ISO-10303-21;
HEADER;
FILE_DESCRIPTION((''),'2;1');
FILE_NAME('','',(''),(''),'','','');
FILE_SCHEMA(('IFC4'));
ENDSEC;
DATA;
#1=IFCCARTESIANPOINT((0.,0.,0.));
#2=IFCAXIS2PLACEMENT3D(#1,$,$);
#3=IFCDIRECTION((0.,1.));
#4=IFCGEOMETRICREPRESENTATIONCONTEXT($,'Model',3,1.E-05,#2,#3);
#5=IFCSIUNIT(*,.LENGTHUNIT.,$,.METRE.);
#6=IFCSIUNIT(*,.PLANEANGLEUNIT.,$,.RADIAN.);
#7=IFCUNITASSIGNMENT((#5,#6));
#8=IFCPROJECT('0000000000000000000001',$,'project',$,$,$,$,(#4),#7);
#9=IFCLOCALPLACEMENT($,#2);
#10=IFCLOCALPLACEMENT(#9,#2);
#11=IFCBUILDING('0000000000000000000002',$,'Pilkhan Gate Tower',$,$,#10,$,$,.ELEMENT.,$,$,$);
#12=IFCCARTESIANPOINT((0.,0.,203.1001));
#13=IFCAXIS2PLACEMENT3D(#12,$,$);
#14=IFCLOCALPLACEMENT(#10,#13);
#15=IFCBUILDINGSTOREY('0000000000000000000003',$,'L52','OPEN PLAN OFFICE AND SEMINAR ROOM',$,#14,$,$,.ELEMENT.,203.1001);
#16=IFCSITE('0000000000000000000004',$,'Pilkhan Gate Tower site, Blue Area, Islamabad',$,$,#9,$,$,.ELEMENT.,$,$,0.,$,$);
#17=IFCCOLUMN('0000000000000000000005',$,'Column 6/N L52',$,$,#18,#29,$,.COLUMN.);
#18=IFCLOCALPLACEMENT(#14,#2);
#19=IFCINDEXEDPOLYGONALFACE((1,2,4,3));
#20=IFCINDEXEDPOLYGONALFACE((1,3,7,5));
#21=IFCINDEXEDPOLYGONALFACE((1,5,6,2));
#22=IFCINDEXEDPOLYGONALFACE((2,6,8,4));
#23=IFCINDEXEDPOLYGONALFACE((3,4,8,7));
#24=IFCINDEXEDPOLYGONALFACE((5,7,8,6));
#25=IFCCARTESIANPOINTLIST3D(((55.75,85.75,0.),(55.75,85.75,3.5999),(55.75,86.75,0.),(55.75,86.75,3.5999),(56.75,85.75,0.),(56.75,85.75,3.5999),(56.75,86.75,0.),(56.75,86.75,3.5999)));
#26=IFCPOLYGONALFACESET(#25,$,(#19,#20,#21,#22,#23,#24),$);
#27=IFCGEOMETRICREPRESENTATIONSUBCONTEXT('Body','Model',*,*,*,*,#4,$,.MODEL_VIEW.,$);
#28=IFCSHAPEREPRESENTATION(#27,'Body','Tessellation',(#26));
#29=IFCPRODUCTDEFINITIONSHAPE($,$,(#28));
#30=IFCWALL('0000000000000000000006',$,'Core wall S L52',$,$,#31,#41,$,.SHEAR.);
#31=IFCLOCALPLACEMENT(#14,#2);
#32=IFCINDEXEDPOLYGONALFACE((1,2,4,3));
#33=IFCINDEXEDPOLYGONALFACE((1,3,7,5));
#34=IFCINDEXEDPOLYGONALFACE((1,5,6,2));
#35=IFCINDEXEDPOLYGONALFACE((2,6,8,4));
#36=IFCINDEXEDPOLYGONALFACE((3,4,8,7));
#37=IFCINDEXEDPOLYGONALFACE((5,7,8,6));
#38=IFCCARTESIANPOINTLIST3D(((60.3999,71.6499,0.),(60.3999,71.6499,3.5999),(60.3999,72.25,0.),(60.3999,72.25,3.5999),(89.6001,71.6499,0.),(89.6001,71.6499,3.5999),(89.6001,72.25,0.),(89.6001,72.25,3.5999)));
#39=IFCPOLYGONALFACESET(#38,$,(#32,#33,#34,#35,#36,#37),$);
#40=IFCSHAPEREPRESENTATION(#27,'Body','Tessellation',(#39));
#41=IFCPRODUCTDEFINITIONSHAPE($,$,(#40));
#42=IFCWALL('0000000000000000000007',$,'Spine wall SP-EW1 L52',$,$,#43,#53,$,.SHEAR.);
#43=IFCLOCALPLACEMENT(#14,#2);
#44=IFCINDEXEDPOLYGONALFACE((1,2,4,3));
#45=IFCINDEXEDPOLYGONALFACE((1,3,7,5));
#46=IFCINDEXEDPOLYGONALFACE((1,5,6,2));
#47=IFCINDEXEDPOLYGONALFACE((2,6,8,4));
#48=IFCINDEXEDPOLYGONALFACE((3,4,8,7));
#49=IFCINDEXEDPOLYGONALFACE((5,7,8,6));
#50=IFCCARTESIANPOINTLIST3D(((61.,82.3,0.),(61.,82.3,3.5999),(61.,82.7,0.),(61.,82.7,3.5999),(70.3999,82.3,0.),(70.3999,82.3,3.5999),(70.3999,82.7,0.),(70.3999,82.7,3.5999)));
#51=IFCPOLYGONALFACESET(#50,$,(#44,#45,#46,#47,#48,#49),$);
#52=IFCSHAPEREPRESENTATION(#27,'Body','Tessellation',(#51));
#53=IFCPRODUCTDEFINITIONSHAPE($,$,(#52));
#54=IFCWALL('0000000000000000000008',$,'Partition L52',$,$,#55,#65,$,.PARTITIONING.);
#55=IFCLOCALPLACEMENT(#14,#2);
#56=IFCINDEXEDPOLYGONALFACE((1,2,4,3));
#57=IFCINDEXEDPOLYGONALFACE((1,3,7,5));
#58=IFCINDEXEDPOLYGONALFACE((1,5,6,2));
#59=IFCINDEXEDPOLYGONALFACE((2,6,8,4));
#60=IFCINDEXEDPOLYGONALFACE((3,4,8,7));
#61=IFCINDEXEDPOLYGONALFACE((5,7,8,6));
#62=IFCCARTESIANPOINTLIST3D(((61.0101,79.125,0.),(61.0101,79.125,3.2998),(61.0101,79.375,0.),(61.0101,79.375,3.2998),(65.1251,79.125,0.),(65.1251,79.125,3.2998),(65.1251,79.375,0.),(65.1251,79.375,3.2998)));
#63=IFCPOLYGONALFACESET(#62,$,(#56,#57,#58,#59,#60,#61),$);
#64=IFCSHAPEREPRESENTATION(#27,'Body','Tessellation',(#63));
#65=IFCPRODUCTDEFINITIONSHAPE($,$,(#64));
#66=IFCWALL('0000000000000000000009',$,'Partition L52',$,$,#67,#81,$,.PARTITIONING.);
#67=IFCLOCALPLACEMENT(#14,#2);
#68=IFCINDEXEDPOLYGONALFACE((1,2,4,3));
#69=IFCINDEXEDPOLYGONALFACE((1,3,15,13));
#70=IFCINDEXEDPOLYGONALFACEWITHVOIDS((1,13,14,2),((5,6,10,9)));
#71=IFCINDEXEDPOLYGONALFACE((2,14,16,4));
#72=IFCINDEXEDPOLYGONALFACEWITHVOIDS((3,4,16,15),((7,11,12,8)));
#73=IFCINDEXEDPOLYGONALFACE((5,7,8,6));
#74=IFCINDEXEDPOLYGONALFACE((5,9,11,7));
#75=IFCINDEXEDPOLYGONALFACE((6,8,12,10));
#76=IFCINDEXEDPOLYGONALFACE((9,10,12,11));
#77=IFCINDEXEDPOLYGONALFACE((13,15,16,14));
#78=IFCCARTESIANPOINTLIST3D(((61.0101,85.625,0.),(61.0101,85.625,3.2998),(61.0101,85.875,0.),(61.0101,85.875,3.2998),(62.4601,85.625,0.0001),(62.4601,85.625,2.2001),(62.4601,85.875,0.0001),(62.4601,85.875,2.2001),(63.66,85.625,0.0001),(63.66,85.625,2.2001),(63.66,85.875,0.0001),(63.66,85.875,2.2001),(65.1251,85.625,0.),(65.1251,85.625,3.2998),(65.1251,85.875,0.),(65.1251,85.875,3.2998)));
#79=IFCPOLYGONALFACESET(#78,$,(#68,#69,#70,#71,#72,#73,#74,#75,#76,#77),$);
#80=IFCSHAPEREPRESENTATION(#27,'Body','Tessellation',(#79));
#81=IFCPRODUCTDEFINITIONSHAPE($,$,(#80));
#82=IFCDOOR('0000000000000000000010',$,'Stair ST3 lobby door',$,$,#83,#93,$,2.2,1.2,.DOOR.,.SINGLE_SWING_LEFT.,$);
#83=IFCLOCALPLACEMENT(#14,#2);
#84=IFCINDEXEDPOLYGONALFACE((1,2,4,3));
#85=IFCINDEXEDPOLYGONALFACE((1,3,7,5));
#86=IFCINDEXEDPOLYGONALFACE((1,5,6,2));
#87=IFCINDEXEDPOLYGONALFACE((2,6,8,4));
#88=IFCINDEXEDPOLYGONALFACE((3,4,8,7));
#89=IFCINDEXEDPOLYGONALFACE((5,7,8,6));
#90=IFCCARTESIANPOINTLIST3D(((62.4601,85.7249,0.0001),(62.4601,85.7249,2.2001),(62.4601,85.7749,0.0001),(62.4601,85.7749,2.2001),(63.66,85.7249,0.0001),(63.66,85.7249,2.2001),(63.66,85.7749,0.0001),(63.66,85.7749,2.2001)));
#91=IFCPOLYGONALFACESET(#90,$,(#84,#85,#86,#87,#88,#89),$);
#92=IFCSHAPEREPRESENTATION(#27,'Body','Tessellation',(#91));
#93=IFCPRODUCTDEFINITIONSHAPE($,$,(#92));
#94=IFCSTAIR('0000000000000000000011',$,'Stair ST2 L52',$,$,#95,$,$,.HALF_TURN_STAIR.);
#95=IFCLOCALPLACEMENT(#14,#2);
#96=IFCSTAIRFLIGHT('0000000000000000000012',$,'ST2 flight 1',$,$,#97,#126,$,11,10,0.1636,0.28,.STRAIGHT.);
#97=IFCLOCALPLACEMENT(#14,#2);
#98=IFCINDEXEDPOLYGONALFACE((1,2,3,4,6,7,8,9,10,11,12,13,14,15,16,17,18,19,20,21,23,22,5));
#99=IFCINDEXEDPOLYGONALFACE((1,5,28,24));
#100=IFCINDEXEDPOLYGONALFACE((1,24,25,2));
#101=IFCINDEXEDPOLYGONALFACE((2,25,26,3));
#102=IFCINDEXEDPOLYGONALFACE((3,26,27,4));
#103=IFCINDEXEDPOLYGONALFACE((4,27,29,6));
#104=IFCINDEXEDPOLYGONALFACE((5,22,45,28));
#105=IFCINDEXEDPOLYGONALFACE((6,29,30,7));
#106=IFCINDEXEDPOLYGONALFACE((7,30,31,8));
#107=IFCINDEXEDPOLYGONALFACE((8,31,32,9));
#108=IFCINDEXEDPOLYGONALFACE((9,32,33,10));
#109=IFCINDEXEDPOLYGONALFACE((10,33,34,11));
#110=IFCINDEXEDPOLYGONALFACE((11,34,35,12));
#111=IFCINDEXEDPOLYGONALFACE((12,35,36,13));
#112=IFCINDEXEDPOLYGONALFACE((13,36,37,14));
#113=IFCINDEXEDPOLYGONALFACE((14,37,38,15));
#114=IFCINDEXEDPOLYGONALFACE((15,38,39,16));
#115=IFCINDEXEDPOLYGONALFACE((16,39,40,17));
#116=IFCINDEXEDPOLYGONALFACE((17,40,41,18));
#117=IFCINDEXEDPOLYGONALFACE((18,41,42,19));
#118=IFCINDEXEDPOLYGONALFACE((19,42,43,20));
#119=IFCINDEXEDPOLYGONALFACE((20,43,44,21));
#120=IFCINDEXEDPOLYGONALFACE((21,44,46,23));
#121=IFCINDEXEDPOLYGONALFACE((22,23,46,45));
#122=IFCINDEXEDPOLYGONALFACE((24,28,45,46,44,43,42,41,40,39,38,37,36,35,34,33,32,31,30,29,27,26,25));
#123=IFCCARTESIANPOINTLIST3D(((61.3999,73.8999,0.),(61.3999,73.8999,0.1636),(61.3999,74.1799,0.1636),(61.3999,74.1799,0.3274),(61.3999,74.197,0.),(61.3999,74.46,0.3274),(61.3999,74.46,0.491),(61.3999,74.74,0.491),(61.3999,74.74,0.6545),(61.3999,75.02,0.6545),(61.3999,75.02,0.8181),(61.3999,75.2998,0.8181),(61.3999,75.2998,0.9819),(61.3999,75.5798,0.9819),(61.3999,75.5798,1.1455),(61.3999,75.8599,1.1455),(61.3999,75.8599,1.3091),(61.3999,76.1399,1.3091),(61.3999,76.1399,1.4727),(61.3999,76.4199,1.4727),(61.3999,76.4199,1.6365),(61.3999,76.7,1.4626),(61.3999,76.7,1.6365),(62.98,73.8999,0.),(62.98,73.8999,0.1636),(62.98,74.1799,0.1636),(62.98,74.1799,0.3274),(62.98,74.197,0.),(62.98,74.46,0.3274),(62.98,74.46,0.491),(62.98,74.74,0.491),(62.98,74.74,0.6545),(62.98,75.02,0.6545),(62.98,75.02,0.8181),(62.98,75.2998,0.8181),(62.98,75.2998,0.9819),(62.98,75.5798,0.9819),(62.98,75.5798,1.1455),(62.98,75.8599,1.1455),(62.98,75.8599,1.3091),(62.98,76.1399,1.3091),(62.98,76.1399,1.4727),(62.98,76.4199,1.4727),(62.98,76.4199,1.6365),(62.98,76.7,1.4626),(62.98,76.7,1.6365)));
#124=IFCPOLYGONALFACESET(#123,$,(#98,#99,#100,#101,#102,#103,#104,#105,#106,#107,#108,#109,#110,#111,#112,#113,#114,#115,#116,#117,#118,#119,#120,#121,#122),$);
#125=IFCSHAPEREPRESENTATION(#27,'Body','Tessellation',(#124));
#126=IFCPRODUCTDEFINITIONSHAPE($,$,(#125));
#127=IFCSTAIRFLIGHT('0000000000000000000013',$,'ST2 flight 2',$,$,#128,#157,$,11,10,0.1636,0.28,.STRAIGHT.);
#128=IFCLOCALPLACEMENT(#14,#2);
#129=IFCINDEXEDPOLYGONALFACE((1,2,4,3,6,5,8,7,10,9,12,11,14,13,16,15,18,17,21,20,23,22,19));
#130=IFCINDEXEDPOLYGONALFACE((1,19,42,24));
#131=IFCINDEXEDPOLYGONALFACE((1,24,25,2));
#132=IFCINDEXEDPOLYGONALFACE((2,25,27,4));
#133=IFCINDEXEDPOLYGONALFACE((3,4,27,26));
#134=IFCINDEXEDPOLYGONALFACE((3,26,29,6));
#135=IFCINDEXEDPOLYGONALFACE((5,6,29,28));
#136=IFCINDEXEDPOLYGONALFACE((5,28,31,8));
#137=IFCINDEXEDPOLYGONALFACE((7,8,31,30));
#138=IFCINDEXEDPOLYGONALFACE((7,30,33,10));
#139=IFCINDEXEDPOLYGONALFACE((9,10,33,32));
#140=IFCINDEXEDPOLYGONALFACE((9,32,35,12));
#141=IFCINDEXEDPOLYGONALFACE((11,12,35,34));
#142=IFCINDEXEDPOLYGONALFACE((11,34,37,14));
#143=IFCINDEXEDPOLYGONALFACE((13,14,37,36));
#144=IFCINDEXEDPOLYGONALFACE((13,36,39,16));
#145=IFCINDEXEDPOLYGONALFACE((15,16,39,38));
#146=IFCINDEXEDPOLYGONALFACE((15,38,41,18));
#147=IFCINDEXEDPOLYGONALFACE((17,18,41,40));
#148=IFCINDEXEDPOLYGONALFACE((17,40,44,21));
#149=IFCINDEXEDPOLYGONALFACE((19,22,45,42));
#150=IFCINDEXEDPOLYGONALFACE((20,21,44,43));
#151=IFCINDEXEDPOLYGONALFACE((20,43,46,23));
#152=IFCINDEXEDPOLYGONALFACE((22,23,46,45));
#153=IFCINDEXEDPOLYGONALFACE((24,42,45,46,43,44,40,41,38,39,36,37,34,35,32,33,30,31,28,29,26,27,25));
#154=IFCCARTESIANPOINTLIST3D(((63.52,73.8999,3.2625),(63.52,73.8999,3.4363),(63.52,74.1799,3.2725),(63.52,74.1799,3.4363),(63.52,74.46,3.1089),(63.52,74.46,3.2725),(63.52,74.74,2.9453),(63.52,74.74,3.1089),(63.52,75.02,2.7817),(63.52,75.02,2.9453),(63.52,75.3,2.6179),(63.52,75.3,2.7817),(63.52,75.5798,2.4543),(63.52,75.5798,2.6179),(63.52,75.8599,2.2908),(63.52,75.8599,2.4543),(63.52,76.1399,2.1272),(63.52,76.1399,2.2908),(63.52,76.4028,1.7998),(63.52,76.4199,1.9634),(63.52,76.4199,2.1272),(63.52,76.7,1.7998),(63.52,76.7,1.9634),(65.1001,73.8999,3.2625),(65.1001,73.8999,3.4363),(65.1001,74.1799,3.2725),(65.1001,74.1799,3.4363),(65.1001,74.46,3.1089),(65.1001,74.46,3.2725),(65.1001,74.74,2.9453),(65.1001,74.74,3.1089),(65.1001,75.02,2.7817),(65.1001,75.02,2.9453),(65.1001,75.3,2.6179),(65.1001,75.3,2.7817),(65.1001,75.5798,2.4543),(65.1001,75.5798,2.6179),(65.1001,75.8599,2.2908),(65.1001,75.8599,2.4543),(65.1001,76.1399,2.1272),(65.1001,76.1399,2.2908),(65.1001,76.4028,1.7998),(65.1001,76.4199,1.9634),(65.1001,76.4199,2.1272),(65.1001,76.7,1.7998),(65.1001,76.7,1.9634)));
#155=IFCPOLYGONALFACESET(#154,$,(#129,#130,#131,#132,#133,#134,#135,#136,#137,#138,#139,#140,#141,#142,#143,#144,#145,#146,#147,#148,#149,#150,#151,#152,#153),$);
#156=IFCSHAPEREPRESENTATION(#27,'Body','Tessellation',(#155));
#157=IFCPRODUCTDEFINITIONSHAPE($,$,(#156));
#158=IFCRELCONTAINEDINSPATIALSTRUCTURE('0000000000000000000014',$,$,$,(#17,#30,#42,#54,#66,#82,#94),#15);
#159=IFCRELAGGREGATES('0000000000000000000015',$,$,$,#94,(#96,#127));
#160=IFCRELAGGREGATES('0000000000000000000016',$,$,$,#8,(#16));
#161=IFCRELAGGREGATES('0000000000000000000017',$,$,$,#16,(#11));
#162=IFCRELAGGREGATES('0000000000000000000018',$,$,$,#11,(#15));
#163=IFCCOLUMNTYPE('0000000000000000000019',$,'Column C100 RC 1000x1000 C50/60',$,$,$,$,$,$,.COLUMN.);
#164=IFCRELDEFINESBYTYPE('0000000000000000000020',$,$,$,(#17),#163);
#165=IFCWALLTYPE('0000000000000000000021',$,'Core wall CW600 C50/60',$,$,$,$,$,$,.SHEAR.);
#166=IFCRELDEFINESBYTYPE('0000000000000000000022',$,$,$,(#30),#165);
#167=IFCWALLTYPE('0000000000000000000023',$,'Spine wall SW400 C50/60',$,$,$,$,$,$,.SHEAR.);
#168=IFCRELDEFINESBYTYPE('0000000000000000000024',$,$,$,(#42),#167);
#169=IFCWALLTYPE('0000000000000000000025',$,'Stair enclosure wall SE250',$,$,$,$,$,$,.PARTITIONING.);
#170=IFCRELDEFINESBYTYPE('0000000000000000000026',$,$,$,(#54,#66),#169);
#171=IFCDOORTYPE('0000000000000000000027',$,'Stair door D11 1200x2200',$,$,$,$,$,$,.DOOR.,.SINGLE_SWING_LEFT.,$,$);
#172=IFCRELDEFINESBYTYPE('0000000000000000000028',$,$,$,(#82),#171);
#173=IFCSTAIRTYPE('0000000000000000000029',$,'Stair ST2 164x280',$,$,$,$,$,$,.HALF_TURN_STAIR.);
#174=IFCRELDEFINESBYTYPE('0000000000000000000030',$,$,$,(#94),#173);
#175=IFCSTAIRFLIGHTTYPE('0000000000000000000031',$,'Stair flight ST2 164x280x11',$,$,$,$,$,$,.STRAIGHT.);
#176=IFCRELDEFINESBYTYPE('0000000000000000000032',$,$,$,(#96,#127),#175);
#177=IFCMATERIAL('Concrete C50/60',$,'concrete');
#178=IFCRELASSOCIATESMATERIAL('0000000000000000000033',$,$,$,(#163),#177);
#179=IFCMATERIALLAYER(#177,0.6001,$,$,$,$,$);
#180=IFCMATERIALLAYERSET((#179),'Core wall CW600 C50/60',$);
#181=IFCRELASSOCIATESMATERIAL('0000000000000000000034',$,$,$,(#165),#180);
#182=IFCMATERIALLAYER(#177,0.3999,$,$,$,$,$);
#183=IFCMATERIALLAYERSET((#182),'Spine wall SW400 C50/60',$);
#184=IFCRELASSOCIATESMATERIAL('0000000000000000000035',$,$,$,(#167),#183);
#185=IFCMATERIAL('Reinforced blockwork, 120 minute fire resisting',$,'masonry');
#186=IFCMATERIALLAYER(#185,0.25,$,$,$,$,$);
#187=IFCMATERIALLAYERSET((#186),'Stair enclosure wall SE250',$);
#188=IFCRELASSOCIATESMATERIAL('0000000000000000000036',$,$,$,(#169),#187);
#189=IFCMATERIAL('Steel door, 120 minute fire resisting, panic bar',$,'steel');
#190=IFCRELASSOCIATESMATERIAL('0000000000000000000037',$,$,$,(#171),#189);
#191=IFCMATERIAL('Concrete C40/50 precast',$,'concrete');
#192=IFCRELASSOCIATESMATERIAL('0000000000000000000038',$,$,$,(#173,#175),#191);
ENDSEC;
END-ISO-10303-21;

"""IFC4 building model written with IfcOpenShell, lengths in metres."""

from ifc_helpers import new_model, si_unit, direction, frame, frame_2d, origin, origin_2d, place, context, subcontext, project, spatial, polyline, rectangle, outline, extrude, material, layer, layer_set, material_profile, profile_set, type_object, element, fill, aggregate, save


model = new_model("IFC4")

# Units and contexts
model_context = context("Model", 3, precision=1e-05, world=origin(), true_north=direction((0.0, 1.0)))
body_context = subcontext(model_context, "Body", "Model", "MODEL_VIEW")
ifc_project = project(units=[si_unit("LENGTHUNIT", "METRE"), si_unit("PLANEANGLEUNIT", "RADIAN")], contexts=[model_context])

# Site, building, storey
site_placement = place(None, origin())
site = spatial("IfcSite", under=ifc_project, at=site_placement, Name="Pilkhan Gate Tower site, Blue Area, Islamabad", CompositionType="ELEMENT", RefElevation=0.0)
building_placement = place(site_placement, origin())
building = spatial("IfcBuilding", under=site, at=building_placement, Name="Pilkhan Gate Tower", CompositionType="ELEMENT")
storey_placement = place(building_placement, frame((0.0, 0.0, 203.1001)))
storey = spatial("IfcBuildingStorey", under=building, at=storey_placement, Name="L52", Description="OPEN PLAN OFFICE AND SEMINAR ROOM", CompositionType="ELEMENT", Elevation=203.1001)

# Column
ifc_material_1 = material(Name="Concrete C50/60", Category="concrete")
ifc_material_profile = material_profile(ifc_material_1, rectangle(XDim=1.0, YDim=1.0, at=origin_2d()), Name="RC 1000x1000")
ifc_profile_set = profile_set([ifc_material_profile], Name="Concrete C50/60")
column_type = type_object("IfcColumnType", Name="Column C100 RC 1000x1000 C50/60", PredefinedType="COLUMN", material=ifc_profile_set)
column_placement = place(storey_placement, frame((56.25, 86.25, 0.0), z_axis=(0.0, 0.0, 1.0), x_axis=(1.0, 0.0, 0.0)))
element("IfcColumn", 1, at=column_placement, inside=storey, type_object=column_type, Name="Column 6/N L52", PredefinedType="COLUMN", context=body_context, shape_type="SweptSolid", body=[
    extrude(rectangle(XDim=1.0, YDim=1.0, at=origin_2d()), origin(), (0.0, 0.0, 1.0), 3.5999),
])

# Walls
ifc_layer_1 = layer(ifc_material_1, 0.6001)
ifc_layer_set_1 = layer_set([ifc_layer_1], Name="Core wall CW600 C50/60")
wall_type_1 = type_object("IfcWallType", Name="Core wall CW600 C50/60", PredefinedType="SHEAR", material=ifc_layer_set_1)
wall_1_placement = place(storey_placement, frame((60.3999, 71.95, 0.0), z_axis=(0.0, 0.0, 1.0), x_axis=(1.0, 0.0, 0.0)))
element("IfcWall", 2, at=wall_1_placement, inside=storey, type_object=wall_type_1, Name="Core wall S L52", PredefinedType="SHEAR", context=body_context, shape_type="SweptSolid", body=[
    extrude(rectangle(XDim=29.2002, YDim=0.6001, at=frame_2d((14.6001, 0.0))), origin(), (0.0, 0.0, 1.0), 3.5999),
])
ifc_layer_2 = layer(ifc_material_1, 0.3999)
ifc_layer_set_2 = layer_set([ifc_layer_2], Name="Spine wall SW400 C50/60")
wall_type_2 = type_object("IfcWallType", Name="Spine wall SW400 C50/60", PredefinedType="SHEAR", material=ifc_layer_set_2)
wall_2_placement = place(storey_placement, frame((61.0, 82.5, 0.0), z_axis=(0.0, 0.0, 1.0), x_axis=(1.0, 0.0, 0.0)))
element("IfcWall", 3, at=wall_2_placement, inside=storey, type_object=wall_type_2, Name="Spine wall SP-EW1 L52", PredefinedType="SHEAR", context=body_context, shape_type="SweptSolid", body=[
    extrude(rectangle(XDim=9.3999, YDim=0.3999, at=frame_2d((4.7, 0.0))), origin(), (0.0, 0.0, 1.0), 3.5999),
])
ifc_material_2 = material(Name="Reinforced blockwork, 120 minute fire resisting", Category="masonry")
ifc_layer_3 = layer(ifc_material_2, 0.25)
ifc_layer_set_3 = layer_set([ifc_layer_3], Name="Stair enclosure wall SE250")
wall_type_3 = type_object("IfcWallType", Name="Stair enclosure wall SE250", PredefinedType="PARTITIONING", material=ifc_layer_set_3)
wall_3_placement = place(storey_placement, frame((61.01, 79.25, 0.0), z_axis=(0.0, 0.0, 1.0), x_axis=(1.0, 0.0, 0.0)))
element("IfcWall", 4, at=wall_3_placement, inside=storey, type_object=wall_type_3, Name="Partition L52", PredefinedType="PARTITIONING", context=body_context, shape_type="SweptSolid", body=[
    extrude(rectangle(XDim=4.115, YDim=0.25, at=frame_2d((2.0576, 0.0))), origin(), (0.0, 0.0, 1.0), 3.2998),
])

# Wall, opening, door
wall_4_placement = place(storey_placement, frame((61.01, 85.75, 0.0), z_axis=(0.0, 0.0, 1.0), x_axis=(1.0, 0.0, 0.0)))
wall_4 = element("IfcWall", 5, at=wall_4_placement, inside=storey, type_object=wall_type_3, Name="Partition L52", PredefinedType="PARTITIONING", context=body_context, shape_type="SweptSolid", body=[
    extrude(rectangle(XDim=4.115, YDim=0.25, at=frame_2d((2.0576, 0.0))), origin(), (0.0, 0.0, 1.0), 3.2998),
])
opening_placement = place(wall_4_placement, frame((1.45, 0.0, 0.0)))
opening = element("IfcOpeningElement", 6, at=opening_placement, cuts=wall_4, PredefinedType="OPENING", context=body_context, shape_type="SweptSolid", body=[
    extrude(rectangle(XDim=1.2, YDim=2.2, at=frame_2d((0.6001, 1.1001))), frame((0.0, 0.135, 0.0), z_axis=(0.0, -1.0, 0.0), x_axis=(1.0, 0.0, 0.0)), (0.0, 0.0, 1.0), 0.27),
])
ifc_material_3 = material(Name="Steel door, 120 minute fire resisting, panic bar", Category="steel")
door_type = type_object("IfcDoorType", Name="Stair door D11 1200x2200", OperationType="SINGLE_SWING_LEFT", PredefinedType="DOOR", material=ifc_material_3)
door_placement = place(opening_placement, origin())
door = element("IfcDoor", 7, at=door_placement, inside=storey, type_object=door_type, Name="Stair ST3 lobby door", OperationType="SINGLE_SWING_LEFT", OverallHeight=2.2, OverallWidth=1.2, PredefinedType="DOOR", context=body_context, shape_type="SweptSolid", body=[
    extrude(rectangle(XDim=1.2, YDim=2.2, at=frame_2d((0.6001, 1.1001))), frame((0.0, 0.0249, 0.0), z_axis=(0.0, -1.0, 0.0), x_axis=(1.0, 0.0, 0.0)), (0.0, 0.0, 1.0), 0.05),
])
fill(opening, door)

# Stair, stair flights
ifc_material_4 = material(Name="Concrete C40/50 precast", Category="concrete")
stair_type_1 = type_object("IfcStairType", Name="Stair ST2 164x280", PredefinedType="HALF_TURN_STAIR", material=ifc_material_4)
stair_1_placement = place(storey_placement, origin())
stair_1 = element("IfcStair", 8, at=stair_1_placement, inside=storey, type_object=stair_type_1, Name="Stair ST2 L52", PredefinedType="HALF_TURN_STAIR")
stair_flight_type_1 = type_object("IfcStairFlightType", Name="Stair flight ST2 164x280x11", PredefinedType="STRAIGHT", material=ifc_material_4)
stair_flight_1_placement = place(storey_placement, frame((62.1899, 73.8999, 0.0), z_axis=(0.0, 0.0, 1.0), x_axis=(0.0, 1.0, 0.0)))
stair_flight_1 = element("IfcStairFlight", 9, at=stair_flight_1_placement, type_object=stair_flight_type_1, Name="ST2 flight 1", NumberOfRisers=11, NumberOfTreads=10, PredefinedType="STRAIGHT", RiserHeight=0.1636, TreadLength=0.28, context=body_context, shape_type="SweptSolid", body=[
    extrude(outline(polyline([(0.0, 0.0), (0.0, 0.1636), (0.28, 0.1636), (0.28, 0.3274), (0.5601, 0.3274), (0.5601, 0.491), (0.8401, 0.491), (0.8401, 0.6545), (1.1201, 0.6545), (1.1201, 0.8181), (1.3999, 0.8181), (1.3999, 0.9819), (1.6799, 0.9819), (1.6799, 1.1455), (1.96, 1.1455), (1.96, 1.3091), (2.24, 1.3091), (2.24, 1.4727), (2.52, 1.4727), (2.52, 1.6365), (2.8, 1.6365), (2.8, 1.8), (2.8, 1.4626), (0.2971, 0.0), (0.0, 0.0)])), frame((0.0, 0.79, 0.0), z_axis=(0.0, -1.0, 0.0), x_axis=(1.0, 0.0, 0.0)), (0.0, 0.0, 1.0), 1.5801),
])
stair_flight_2_placement = place(storey_placement, frame((64.3101, 76.7, 1.7998), z_axis=(0.0, 0.0, 1.0), x_axis=(0.0, -1.0, 0.0)))
stair_flight_2 = element("IfcStairFlight", 10, at=stair_flight_2_placement, type_object=stair_flight_type_1, Name="ST2 flight 2", NumberOfRisers=11, NumberOfTreads=10, PredefinedType="STRAIGHT", RiserHeight=0.1636, TreadLength=0.28, context=body_context, shape_type="SweptSolid", body=[
    extrude(outline(polyline([(0.0, 0.0), (0.0, 0.1636), (0.28, 0.1636), (0.28, 0.3274), (0.5601, 0.3274), (0.5601, 0.491), (0.8401, 0.491), (0.8401, 0.6545), (1.1201, 0.6545), (1.1201, 0.8181), (1.3999, 0.8181), (1.3999, 0.9819), (1.6799, 0.9819), (1.6799, 1.1455), (1.96, 1.1455), (1.96, 1.3091), (2.24, 1.3091), (2.24, 1.4727), (2.52, 1.4727), (2.52, 1.6365), (2.8, 1.6365), (2.8, 1.8), (2.8, 1.4626), (0.2971, 0.0), (0.0, 0.0)])), frame((0.0, 0.79, 0.0), z_axis=(0.0, -1.0, 0.0), x_axis=(1.0, 0.0, 0.0)), (0.0, 0.0, 1.0), 1.5801),
])
aggregate(stair_1, [stair_flight_1, stair_flight_2])

save(model, "model.ifc")
